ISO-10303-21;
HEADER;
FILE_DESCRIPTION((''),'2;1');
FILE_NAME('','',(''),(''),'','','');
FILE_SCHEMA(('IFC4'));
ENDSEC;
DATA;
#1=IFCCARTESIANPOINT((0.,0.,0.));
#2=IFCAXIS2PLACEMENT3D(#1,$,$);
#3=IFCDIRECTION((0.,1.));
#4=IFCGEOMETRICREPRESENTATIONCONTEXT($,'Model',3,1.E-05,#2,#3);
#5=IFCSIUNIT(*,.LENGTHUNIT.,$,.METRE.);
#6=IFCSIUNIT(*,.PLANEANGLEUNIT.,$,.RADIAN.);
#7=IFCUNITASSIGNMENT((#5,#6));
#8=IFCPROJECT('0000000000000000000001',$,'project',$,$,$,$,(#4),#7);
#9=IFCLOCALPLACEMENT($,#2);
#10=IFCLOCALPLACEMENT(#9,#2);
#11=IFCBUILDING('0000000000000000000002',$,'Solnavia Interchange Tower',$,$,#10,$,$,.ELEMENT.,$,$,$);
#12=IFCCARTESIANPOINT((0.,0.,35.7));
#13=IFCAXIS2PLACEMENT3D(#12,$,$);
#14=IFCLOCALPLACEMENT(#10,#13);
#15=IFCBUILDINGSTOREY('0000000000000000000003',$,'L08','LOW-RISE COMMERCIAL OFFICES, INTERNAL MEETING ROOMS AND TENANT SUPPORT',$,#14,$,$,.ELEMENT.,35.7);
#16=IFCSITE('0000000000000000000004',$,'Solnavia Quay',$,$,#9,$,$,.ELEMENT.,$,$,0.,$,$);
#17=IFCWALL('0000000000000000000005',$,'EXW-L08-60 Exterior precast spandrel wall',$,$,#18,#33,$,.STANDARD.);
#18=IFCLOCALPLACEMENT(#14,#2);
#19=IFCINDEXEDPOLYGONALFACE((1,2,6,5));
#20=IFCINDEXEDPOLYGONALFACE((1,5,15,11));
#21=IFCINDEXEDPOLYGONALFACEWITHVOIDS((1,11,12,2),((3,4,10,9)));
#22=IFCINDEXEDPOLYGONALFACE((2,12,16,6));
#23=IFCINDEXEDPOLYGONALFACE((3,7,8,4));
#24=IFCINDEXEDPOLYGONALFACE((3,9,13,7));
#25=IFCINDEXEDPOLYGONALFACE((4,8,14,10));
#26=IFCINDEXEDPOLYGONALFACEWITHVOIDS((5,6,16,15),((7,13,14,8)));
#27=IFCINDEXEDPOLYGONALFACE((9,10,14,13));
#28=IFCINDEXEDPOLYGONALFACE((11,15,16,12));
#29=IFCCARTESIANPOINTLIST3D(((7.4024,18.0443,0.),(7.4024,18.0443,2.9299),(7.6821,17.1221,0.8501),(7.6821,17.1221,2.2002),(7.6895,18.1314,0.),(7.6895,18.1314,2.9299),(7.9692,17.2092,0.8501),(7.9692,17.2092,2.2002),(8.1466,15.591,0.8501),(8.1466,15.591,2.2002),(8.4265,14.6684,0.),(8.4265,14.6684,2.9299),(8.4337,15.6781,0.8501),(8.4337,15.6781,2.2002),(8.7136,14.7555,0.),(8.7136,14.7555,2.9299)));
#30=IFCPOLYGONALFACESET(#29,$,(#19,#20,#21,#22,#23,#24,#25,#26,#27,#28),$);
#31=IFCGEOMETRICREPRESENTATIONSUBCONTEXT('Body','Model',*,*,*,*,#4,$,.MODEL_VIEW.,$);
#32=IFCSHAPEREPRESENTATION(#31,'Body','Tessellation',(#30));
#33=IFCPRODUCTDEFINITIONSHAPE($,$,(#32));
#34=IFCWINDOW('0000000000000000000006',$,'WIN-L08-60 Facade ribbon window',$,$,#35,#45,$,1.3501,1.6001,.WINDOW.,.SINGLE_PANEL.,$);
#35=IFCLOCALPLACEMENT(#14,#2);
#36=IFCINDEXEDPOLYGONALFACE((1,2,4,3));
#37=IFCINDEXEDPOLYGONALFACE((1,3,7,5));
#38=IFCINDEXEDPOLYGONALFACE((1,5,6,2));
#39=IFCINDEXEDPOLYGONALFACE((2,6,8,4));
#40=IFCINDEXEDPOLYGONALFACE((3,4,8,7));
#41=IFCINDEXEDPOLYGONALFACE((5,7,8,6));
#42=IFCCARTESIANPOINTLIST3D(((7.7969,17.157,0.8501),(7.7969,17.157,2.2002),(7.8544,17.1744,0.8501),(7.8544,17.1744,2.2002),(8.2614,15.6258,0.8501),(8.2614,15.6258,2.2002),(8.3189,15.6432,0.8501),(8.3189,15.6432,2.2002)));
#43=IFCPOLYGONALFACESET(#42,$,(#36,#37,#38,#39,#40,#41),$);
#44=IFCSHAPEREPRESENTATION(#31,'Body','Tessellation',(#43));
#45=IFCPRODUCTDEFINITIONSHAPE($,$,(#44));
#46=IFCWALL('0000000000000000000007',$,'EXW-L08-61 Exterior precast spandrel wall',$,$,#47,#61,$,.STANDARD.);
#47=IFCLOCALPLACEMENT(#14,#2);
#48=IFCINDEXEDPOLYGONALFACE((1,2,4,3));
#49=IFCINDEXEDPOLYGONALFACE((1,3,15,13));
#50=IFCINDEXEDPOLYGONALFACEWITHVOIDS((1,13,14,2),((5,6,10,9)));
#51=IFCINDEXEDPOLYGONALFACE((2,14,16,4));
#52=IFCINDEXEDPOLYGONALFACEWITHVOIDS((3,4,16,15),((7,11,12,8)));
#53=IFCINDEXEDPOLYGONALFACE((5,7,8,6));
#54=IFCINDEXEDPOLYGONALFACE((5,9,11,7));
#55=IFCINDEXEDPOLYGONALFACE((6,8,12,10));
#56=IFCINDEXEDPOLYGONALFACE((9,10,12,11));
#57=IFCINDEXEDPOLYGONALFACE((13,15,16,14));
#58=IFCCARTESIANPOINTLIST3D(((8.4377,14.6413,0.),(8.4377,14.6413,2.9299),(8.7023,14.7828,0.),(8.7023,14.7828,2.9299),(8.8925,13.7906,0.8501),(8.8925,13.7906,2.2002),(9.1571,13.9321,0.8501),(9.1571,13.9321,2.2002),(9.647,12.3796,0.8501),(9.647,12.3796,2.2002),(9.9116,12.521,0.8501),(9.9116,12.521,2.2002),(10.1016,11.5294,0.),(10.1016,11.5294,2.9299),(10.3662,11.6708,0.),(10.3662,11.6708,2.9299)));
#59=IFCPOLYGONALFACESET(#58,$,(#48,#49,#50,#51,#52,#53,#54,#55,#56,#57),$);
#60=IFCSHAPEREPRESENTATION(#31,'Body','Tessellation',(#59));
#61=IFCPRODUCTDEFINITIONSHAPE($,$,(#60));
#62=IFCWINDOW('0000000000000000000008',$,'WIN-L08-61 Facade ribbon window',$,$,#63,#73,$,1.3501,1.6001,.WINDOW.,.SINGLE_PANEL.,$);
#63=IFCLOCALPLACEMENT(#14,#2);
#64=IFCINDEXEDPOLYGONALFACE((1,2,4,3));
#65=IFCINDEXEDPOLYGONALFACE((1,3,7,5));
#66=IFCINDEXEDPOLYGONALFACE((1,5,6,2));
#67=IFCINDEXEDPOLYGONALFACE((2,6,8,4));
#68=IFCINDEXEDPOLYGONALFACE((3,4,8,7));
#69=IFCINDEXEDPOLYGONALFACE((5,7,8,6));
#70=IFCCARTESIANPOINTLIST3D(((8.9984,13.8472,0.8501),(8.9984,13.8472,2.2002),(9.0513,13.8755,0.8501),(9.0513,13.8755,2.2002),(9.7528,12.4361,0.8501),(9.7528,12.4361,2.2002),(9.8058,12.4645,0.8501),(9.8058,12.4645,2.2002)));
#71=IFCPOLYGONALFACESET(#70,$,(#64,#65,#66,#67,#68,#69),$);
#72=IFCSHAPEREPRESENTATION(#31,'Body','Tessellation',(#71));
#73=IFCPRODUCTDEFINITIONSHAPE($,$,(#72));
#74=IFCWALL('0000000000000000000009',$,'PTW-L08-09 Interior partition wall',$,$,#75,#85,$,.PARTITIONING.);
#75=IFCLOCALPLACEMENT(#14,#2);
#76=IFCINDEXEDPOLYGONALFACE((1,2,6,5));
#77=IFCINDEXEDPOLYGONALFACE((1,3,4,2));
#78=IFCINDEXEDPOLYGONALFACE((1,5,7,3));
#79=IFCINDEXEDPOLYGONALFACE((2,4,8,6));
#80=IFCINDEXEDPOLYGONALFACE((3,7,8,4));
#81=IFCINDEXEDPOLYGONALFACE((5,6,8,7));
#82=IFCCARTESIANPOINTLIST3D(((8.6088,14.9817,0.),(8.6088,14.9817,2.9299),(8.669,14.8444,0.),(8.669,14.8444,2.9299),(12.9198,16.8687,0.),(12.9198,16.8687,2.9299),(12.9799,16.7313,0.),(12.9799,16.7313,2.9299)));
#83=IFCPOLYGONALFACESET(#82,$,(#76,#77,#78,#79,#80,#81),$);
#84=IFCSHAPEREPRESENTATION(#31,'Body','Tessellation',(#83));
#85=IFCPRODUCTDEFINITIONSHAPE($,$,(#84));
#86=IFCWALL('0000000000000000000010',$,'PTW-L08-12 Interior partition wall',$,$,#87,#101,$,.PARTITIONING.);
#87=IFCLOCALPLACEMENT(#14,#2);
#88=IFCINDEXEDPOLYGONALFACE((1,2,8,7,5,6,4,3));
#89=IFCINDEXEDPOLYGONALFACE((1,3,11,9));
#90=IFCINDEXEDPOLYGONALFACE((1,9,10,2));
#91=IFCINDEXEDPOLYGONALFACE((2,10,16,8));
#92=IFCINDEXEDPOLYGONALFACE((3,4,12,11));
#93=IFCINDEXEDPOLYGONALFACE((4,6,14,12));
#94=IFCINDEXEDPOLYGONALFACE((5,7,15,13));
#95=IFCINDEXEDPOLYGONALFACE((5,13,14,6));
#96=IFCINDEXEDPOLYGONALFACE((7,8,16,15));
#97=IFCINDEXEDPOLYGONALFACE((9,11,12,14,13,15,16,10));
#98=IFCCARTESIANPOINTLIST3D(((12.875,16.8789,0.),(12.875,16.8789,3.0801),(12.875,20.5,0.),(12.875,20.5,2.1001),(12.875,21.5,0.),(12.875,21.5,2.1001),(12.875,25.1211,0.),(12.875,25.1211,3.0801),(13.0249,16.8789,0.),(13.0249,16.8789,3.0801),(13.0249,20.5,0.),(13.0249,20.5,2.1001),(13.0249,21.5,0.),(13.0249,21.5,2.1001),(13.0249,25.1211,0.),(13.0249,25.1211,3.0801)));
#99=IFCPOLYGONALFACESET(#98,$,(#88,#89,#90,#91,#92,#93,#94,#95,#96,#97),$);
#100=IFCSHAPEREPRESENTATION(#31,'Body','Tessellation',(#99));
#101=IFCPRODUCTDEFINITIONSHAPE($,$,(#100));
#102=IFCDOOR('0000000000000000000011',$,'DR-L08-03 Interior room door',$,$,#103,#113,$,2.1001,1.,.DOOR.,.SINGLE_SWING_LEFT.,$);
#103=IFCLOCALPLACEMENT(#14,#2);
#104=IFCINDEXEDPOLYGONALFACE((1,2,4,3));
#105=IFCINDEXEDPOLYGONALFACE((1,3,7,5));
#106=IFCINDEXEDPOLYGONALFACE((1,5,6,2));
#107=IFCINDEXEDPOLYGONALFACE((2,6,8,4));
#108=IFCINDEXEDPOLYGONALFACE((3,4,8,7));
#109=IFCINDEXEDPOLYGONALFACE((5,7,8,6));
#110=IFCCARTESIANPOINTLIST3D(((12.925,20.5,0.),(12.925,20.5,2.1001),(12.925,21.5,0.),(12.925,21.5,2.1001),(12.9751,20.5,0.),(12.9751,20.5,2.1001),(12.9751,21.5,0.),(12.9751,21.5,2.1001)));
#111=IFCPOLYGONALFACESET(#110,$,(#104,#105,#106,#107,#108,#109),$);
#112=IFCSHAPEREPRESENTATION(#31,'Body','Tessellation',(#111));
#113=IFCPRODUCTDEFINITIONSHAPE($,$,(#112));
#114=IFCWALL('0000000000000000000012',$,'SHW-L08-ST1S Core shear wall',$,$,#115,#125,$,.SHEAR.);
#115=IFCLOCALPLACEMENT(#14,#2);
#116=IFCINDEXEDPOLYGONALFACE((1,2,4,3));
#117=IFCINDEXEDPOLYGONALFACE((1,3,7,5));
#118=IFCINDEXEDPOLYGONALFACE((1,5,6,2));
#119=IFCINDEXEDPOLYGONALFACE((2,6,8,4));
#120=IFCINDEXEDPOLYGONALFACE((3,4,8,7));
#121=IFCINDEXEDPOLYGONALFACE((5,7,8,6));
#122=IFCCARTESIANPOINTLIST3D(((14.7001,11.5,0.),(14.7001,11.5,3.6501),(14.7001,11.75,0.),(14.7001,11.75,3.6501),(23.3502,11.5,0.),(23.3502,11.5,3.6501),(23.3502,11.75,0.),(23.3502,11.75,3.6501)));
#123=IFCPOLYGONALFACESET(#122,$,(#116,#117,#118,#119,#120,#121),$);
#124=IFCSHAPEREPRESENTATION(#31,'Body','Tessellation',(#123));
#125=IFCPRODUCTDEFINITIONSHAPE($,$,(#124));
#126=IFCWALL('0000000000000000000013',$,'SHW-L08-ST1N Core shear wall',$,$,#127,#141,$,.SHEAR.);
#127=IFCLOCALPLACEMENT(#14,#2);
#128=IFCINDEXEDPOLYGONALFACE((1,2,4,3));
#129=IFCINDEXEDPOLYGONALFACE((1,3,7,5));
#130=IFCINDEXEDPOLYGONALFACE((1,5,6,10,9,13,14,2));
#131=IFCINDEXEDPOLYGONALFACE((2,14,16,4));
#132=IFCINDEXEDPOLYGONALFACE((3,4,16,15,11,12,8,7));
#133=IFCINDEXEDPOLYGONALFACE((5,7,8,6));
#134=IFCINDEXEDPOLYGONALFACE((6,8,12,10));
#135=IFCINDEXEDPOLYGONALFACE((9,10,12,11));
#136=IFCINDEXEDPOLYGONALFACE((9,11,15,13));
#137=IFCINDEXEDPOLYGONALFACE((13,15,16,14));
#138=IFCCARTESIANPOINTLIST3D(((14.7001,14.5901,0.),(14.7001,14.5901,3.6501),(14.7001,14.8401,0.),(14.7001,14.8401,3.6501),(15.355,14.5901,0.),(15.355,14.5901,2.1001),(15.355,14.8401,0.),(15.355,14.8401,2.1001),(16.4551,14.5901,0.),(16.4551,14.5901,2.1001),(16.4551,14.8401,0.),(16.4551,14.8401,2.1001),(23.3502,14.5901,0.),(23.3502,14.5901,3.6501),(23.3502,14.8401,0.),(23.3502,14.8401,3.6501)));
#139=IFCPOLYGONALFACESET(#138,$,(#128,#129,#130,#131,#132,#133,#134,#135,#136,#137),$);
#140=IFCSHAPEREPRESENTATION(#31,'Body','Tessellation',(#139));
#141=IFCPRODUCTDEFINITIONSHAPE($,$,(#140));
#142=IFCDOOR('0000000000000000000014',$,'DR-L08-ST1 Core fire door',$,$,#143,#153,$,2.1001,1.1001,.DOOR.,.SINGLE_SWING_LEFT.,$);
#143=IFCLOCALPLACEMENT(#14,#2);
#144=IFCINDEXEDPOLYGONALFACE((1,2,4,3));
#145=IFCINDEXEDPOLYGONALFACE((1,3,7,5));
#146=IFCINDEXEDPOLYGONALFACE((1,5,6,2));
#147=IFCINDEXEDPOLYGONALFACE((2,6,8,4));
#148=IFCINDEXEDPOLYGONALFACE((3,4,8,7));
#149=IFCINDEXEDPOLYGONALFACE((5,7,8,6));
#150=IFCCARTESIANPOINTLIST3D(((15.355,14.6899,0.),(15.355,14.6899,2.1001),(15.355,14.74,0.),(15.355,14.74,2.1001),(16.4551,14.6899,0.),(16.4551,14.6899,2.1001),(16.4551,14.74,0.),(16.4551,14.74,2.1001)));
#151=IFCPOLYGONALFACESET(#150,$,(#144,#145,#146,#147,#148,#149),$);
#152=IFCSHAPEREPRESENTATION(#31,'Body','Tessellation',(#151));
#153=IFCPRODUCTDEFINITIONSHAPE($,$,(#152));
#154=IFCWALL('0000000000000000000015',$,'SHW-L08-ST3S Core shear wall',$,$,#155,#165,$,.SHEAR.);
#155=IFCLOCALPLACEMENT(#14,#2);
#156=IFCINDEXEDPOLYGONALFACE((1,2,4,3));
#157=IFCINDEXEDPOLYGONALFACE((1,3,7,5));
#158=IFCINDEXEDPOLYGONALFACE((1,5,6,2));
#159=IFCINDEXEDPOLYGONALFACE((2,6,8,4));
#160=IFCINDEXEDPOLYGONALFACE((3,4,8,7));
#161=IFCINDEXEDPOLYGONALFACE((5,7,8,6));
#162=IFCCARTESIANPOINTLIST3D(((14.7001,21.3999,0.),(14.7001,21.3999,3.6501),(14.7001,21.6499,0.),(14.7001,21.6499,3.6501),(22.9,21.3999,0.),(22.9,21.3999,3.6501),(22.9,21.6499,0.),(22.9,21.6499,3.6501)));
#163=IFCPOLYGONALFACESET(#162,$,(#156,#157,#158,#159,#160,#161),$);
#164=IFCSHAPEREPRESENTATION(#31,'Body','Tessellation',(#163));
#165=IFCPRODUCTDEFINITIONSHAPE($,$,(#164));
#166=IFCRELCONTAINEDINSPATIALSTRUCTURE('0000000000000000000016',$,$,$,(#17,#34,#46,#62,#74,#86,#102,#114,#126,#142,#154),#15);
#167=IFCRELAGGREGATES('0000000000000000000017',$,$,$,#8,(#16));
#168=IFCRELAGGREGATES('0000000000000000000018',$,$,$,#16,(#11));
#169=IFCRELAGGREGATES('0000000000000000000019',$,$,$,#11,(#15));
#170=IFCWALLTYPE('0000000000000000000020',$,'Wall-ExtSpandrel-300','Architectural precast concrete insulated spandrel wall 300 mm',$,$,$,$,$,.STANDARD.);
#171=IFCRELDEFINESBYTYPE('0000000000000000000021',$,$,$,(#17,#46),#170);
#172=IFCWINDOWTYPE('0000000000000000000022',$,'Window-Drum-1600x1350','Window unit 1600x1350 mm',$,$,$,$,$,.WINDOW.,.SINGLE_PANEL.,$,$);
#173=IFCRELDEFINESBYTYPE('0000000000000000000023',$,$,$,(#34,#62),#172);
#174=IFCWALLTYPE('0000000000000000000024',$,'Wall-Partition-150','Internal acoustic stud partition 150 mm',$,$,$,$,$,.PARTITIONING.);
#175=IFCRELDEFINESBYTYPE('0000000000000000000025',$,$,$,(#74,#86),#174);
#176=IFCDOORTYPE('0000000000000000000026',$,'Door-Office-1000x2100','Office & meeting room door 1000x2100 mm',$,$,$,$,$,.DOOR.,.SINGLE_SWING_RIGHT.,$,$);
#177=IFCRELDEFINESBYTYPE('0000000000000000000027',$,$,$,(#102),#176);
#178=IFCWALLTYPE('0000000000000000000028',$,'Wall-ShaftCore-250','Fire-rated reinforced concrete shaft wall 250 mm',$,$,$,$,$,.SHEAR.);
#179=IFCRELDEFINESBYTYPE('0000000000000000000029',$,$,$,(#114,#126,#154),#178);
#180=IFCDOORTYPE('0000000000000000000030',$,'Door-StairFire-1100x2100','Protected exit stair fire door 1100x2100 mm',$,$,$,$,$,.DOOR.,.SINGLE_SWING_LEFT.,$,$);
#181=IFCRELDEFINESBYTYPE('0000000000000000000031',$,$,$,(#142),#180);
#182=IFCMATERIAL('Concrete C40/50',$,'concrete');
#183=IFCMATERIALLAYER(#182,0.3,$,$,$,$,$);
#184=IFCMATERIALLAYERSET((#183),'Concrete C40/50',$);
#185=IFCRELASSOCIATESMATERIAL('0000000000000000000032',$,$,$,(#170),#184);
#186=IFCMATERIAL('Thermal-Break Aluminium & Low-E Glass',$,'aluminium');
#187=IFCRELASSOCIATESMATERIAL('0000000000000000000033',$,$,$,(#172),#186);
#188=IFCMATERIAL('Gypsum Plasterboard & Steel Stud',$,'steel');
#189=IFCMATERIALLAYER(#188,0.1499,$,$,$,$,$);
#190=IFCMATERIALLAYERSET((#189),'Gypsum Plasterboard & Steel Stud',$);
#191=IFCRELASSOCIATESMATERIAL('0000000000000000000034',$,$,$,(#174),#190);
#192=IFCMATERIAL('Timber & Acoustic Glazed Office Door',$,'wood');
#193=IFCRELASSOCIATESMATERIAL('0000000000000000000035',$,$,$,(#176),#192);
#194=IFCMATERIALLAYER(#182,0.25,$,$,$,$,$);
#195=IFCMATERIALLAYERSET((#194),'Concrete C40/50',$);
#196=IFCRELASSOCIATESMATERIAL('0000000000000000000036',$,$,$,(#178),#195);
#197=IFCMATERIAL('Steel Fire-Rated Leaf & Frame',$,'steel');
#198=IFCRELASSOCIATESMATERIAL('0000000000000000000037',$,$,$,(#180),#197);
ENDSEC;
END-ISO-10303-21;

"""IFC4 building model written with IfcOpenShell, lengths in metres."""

from ifc_helpers import new_model, si_unit, direction, frame, frame_2d, origin, place, context, subcontext, project, spatial, rectangle, extrude, material, layer, layer_set, type_object, element, fill, save


model = new_model("IFC4")

# Units and contexts
model_context = context("Model", 3, precision=1e-05, world=origin(), true_north=direction((0.0, 1.0)))
body_context = subcontext(model_context, "Body", "Model", "MODEL_VIEW")
ifc_project = project(units=[si_unit("LENGTHUNIT", "METRE"), si_unit("PLANEANGLEUNIT", "RADIAN")], contexts=[model_context])

# Site, building, storey
site_placement = place(None, origin())
site = spatial("IfcSite", under=ifc_project, at=site_placement, Name="Solnavia Quay", CompositionType="ELEMENT", RefElevation=0.0)
building_placement = place(site_placement, origin())
building = spatial("IfcBuilding", under=site, at=building_placement, Name="Solnavia Interchange Tower", CompositionType="ELEMENT")
storey_placement = place(building_placement, frame((0.0, 0.0, 35.7)))
storey = spatial("IfcBuildingStorey", under=building, at=storey_placement, Name="L08", Description="LOW-RISE COMMERCIAL OFFICES, INTERNAL MEETING ROOMS AND TENANT SUPPORT", CompositionType="ELEMENT", Elevation=35.7)

# Shared definitions
ifc_material_1 = material(Name="Concrete C40/50", Category="concrete")
ifc_layer_1 = layer(ifc_material_1, 0.3)
ifc_layer_set_1 = layer_set([ifc_layer_1], Name="Concrete C40/50")
wall_type_1 = type_object("IfcWallType", Name="Wall-ExtSpandrel-300", Description="Architectural precast concrete insulated spandrel wall 300 mm", PredefinedType="STANDARD", material=ifc_layer_set_1)

# Walls, openings, windows
ifc_material_2 = material(Name="Thermal-Break Aluminium & Low-E Glass", Category="aluminium")
window_type = type_object("IfcWindowType", Name="Window-Drum-1600x1350", Description="Window unit 1600x1350 mm", PartitioningType="SINGLE_PANEL", PredefinedType="WINDOW", material=ifc_material_2)
wall_1_placement = place(storey_placement, frame((8.5701, 14.7119, 0.0), z_axis=(0.0, 0.0, 1.0), x_axis=(-0.290305, 0.956934, 0.0)))
wall_1 = element("IfcWall", 1, at=wall_1_placement, inside=storey, type_object=wall_type_1, Name="EXW-L08-60 Exterior precast spandrel wall", PredefinedType="STANDARD", context=body_context, shape_type="SweptSolid", body=[
    extrude(rectangle(XDim=3.5278, YDim=0.3, at=frame_2d((1.7639, 0.0))), origin(), (0.0, 0.0, 1.0), 2.9299),
])
opening_1_placement = place(wall_1_placement, frame((0.9641, 0.0, 0.8501)))
opening_1 = element("IfcOpeningElement", 2, at=opening_1_placement, cuts=wall_1, PredefinedType="OPENING", context=body_context, shape_type="SweptSolid", body=[
    extrude(rectangle(XDim=1.6001, YDim=1.3501, at=frame_2d((0.8, 0.675))), frame((0.0, 0.1602, 0.0), z_axis=(0.0, -1.0, 0.0), x_axis=(1.0, 0.0, 0.0)), (0.0, 0.0, 1.0), 0.3201),
])
window_1_placement = place(opening_1_placement, origin())
window_1 = element("IfcWindow", 3, at=window_1_placement, inside=storey, type_object=window_type, Name="WIN-L08-60 Facade ribbon window", OverallHeight=1.3501, OverallWidth=1.6001, PartitioningType="SINGLE_PANEL", PredefinedType="WINDOW", context=body_context, shape_type="SweptSolid", body=[
    extrude(rectangle(XDim=1.6001, YDim=1.3501, at=frame_2d((0.8, 0.675))), frame((0.0, 0.03, 0.0), z_axis=(0.0, -1.0, 0.0), x_axis=(1.0, 0.0, 0.0)), (0.0, 0.0, 1.0), 0.0601),
])
fill(opening_1, window_1)
wall_2_placement = place(storey_placement, frame((10.2339, 11.6001, 0.0), z_axis=(0.0, 0.0, 1.0), x_axis=(-0.471511, 0.88186, 0.0)))
wall_2 = element("IfcWall", 4, at=wall_2_placement, inside=storey, type_object=wall_type_1, Name="EXW-L08-61 Exterior precast spandrel wall", PredefinedType="STANDARD", context=body_context, shape_type="SweptSolid", body=[
    extrude(rectangle(XDim=3.5288, YDim=0.3, at=frame_2d((1.7644, 0.0))), origin(), (0.0, 0.0, 1.0), 2.9299),
])
opening_2_placement = place(wall_2_placement, frame((0.9641, 0.0, 0.8501)))
opening_2 = element("IfcOpeningElement", 5, at=opening_2_placement, cuts=wall_2, PredefinedType="OPENING", context=body_context, shape_type="SweptSolid", body=[
    extrude(rectangle(XDim=1.6001, YDim=1.3501, at=frame_2d((0.8, 0.675))), frame((0.0, 0.1602, 0.0), z_axis=(0.0, -1.0, 0.0), x_axis=(1.0, 0.0, 0.0)), (0.0, 0.0, 1.0), 0.3201),
])
window_2_placement = place(opening_2_placement, origin())
window_2 = element("IfcWindow", 6, at=window_2_placement, inside=storey, type_object=window_type, Name="WIN-L08-61 Facade ribbon window", OverallHeight=1.3501, OverallWidth=1.6001, PartitioningType="SINGLE_PANEL", PredefinedType="WINDOW", context=body_context, shape_type="SweptSolid", body=[
    extrude(rectangle(XDim=1.6001, YDim=1.3501, at=frame_2d((0.8, 0.675))), frame((0.0, 0.03, 0.0), z_axis=(0.0, -1.0, 0.0), x_axis=(1.0, 0.0, 0.0)), (0.0, 0.0, 1.0), 0.0601),
])
fill(opening_2, window_2)

# Wall
ifc_material_3 = material(Name="Gypsum Plasterboard & Steel Stud", Category="steel")
ifc_layer_2 = layer(ifc_material_3, 0.1499)
ifc_layer_set_2 = layer_set([ifc_layer_2], Name="Gypsum Plasterboard & Steel Stud")
wall_type_2 = type_object("IfcWallType", Name="Wall-Partition-150", Description="Internal acoustic stud partition 150 mm", PredefinedType="PARTITIONING", material=ifc_layer_set_2)
wall_3_placement = place(storey_placement, frame((12.95, 16.8, 0.0), z_axis=(0.0, 0.0, 1.0), x_axis=(-0.916088, -0.400977, 0.0)))
element("IfcWall", 7, at=wall_3_placement, inside=storey, type_object=wall_type_2, Name="PTW-L08-09 Interior partition wall", PredefinedType="PARTITIONING", context=body_context, shape_type="SweptSolid", body=[
    extrude(rectangle(XDim=4.7058, YDim=0.1499, at=frame_2d((2.353, 0.0))), origin(), (0.0, 0.0, 1.0), 2.9299),
])

# Wall, opening, door
wall_4_placement = place(storey_placement, frame((12.95, 16.8789, 0.0), z_axis=(0.0, 0.0, 1.0), x_axis=(0.0, 1.0, 0.0)))
wall_4 = element("IfcWall", 8, at=wall_4_placement, inside=storey, type_object=wall_type_2, Name="PTW-L08-12 Interior partition wall", PredefinedType="PARTITIONING", context=body_context, shape_type="SweptSolid", body=[
    extrude(rectangle(XDim=8.2422, YDim=0.1499, at=frame_2d((4.1211, 0.0))), origin(), (0.0, 0.0, 1.0), 3.0801),
])
opening_3_placement = place(wall_4_placement, frame((3.6211, 0.0, 0.0)))
opening_3 = element("IfcOpeningElement", 9, at=opening_3_placement, cuts=wall_4, PredefinedType="OPENING", context=body_context, shape_type="SweptSolid", body=[
    extrude(rectangle(XDim=1.0, YDim=2.1001, at=frame_2d((0.5, 1.05))), frame((0.0, 0.085, 0.0), z_axis=(0.0, -1.0, 0.0), x_axis=(1.0, 0.0, 0.0)), (0.0, 0.0, 1.0), 0.1699),
])
ifc_material_4 = material(Name="Timber & Acoustic Glazed Office Door", Category="wood")
door_type_1 = type_object("IfcDoorType", Name="Door-Office-1000x2100", Description="Office & meeting room door 1000x2100 mm", OperationType="SINGLE_SWING_RIGHT", PredefinedType="DOOR", material=ifc_material_4)
door_1_placement = place(opening_3_placement, origin())
door_1 = element("IfcDoor", 10, at=door_1_placement, inside=storey, type_object=door_type_1, Name="DR-L08-03 Interior room door", OperationType="SINGLE_SWING_LEFT", OverallHeight=2.1001, OverallWidth=1.0, PredefinedType="DOOR", context=body_context, shape_type="SweptSolid", body=[
    extrude(rectangle(XDim=1.0, YDim=2.1001, at=frame_2d((0.5, 1.05))), frame((0.0, 0.0249, 0.0), z_axis=(0.0, -1.0, 0.0), x_axis=(1.0, 0.0, 0.0)), (0.0, 0.0, 1.0), 0.05),
])
fill(opening_3, door_1)

# Wall
ifc_layer_3 = layer(ifc_material_1, 0.25)
ifc_layer_set_3 = layer_set([ifc_layer_3], Name="Concrete C40/50")
wall_type_3 = type_object("IfcWallType", Name="Wall-ShaftCore-250", Description="Fire-rated reinforced concrete shaft wall 250 mm", PredefinedType="SHEAR", material=ifc_layer_set_3)
wall_5_placement = place(storey_placement, frame((14.7, 11.625, 0.0), z_axis=(0.0, 0.0, 1.0), x_axis=(1.0, 0.0, 0.0)))
element("IfcWall", 11, at=wall_5_placement, inside=storey, type_object=wall_type_3, Name="SHW-L08-ST1S Core shear wall", PredefinedType="SHEAR", context=body_context, shape_type="SweptSolid", body=[
    extrude(rectangle(XDim=8.6501, YDim=0.25, at=frame_2d((4.3252, 0.0))), origin(), (0.0, 0.0, 1.0), 3.6501),
])

# Wall, opening, door
wall_6_placement = place(storey_placement, frame((14.7, 14.7151, 0.0), z_axis=(0.0, 0.0, 1.0), x_axis=(1.0, 0.0, 0.0)))
wall_6 = element("IfcWall", 12, at=wall_6_placement, inside=storey, type_object=wall_type_3, Name="SHW-L08-ST1N Core shear wall", PredefinedType="SHEAR", context=body_context, shape_type="SweptSolid", body=[
    extrude(rectangle(XDim=8.6501, YDim=0.25, at=frame_2d((4.3252, 0.0))), origin(), (0.0, 0.0, 1.0), 3.6501),
])
opening_4_placement = place(wall_6_placement, frame((0.655, 0.0, 0.0)))
opening_4 = element("IfcOpeningElement", 13, at=opening_4_placement, cuts=wall_6, PredefinedType="OPENING", context=body_context, shape_type="SweptSolid", body=[
    extrude(rectangle(XDim=1.1001, YDim=2.1001, at=frame_2d((0.55, 1.05))), frame((0.0, 0.135, 0.0), z_axis=(0.0, -1.0, 0.0), x_axis=(1.0, 0.0, 0.0)), (0.0, 0.0, 1.0), 0.27),
])
ifc_material_5 = material(Name="Steel Fire-Rated Leaf & Frame", Category="steel")
door_type_2 = type_object("IfcDoorType", Name="Door-StairFire-1100x2100", Description="Protected exit stair fire door 1100x2100 mm", OperationType="SINGLE_SWING_LEFT", PredefinedType="DOOR", material=ifc_material_5)
door_2_placement = place(opening_4_placement, origin())
door_2 = element("IfcDoor", 14, at=door_2_placement, inside=storey, type_object=door_type_2, Name="DR-L08-ST1 Core fire door", OperationType="SINGLE_SWING_LEFT", OverallHeight=2.1001, OverallWidth=1.1001, PredefinedType="DOOR", context=body_context, shape_type="SweptSolid", body=[
    extrude(rectangle(XDim=1.1001, YDim=2.1001, at=frame_2d((0.55, 1.05))), frame((0.0, 0.0249, 0.0), z_axis=(0.0, -1.0, 0.0), x_axis=(1.0, 0.0, 0.0)), (0.0, 0.0, 1.0), 0.05),
])
fill(opening_4, door_2)

# Wall
for number, where, z_axis, x_axis, name in (
    (15, (14.7, 21.5249, 0.0), (0.0, 0.0, 1.0), (1.0, 0.0, 0.0), "SHW-L08-ST3S Core shear wall"),
):
    element("IfcWall", number, at=place(storey_placement, frame(where, z_axis=z_axis, x_axis=x_axis)), inside=storey, type_object=wall_type_3, Name=name, PredefinedType="SHEAR", context=body_context, shape_type="SweptSolid", body=[
        extrude(rectangle(XDim=8.2, YDim=0.25, at=frame_2d((4.1001, 0.0))), origin(), (0.0, 0.0, 1.0), 3.6501),
    ])

save(model, "model.ifc")
